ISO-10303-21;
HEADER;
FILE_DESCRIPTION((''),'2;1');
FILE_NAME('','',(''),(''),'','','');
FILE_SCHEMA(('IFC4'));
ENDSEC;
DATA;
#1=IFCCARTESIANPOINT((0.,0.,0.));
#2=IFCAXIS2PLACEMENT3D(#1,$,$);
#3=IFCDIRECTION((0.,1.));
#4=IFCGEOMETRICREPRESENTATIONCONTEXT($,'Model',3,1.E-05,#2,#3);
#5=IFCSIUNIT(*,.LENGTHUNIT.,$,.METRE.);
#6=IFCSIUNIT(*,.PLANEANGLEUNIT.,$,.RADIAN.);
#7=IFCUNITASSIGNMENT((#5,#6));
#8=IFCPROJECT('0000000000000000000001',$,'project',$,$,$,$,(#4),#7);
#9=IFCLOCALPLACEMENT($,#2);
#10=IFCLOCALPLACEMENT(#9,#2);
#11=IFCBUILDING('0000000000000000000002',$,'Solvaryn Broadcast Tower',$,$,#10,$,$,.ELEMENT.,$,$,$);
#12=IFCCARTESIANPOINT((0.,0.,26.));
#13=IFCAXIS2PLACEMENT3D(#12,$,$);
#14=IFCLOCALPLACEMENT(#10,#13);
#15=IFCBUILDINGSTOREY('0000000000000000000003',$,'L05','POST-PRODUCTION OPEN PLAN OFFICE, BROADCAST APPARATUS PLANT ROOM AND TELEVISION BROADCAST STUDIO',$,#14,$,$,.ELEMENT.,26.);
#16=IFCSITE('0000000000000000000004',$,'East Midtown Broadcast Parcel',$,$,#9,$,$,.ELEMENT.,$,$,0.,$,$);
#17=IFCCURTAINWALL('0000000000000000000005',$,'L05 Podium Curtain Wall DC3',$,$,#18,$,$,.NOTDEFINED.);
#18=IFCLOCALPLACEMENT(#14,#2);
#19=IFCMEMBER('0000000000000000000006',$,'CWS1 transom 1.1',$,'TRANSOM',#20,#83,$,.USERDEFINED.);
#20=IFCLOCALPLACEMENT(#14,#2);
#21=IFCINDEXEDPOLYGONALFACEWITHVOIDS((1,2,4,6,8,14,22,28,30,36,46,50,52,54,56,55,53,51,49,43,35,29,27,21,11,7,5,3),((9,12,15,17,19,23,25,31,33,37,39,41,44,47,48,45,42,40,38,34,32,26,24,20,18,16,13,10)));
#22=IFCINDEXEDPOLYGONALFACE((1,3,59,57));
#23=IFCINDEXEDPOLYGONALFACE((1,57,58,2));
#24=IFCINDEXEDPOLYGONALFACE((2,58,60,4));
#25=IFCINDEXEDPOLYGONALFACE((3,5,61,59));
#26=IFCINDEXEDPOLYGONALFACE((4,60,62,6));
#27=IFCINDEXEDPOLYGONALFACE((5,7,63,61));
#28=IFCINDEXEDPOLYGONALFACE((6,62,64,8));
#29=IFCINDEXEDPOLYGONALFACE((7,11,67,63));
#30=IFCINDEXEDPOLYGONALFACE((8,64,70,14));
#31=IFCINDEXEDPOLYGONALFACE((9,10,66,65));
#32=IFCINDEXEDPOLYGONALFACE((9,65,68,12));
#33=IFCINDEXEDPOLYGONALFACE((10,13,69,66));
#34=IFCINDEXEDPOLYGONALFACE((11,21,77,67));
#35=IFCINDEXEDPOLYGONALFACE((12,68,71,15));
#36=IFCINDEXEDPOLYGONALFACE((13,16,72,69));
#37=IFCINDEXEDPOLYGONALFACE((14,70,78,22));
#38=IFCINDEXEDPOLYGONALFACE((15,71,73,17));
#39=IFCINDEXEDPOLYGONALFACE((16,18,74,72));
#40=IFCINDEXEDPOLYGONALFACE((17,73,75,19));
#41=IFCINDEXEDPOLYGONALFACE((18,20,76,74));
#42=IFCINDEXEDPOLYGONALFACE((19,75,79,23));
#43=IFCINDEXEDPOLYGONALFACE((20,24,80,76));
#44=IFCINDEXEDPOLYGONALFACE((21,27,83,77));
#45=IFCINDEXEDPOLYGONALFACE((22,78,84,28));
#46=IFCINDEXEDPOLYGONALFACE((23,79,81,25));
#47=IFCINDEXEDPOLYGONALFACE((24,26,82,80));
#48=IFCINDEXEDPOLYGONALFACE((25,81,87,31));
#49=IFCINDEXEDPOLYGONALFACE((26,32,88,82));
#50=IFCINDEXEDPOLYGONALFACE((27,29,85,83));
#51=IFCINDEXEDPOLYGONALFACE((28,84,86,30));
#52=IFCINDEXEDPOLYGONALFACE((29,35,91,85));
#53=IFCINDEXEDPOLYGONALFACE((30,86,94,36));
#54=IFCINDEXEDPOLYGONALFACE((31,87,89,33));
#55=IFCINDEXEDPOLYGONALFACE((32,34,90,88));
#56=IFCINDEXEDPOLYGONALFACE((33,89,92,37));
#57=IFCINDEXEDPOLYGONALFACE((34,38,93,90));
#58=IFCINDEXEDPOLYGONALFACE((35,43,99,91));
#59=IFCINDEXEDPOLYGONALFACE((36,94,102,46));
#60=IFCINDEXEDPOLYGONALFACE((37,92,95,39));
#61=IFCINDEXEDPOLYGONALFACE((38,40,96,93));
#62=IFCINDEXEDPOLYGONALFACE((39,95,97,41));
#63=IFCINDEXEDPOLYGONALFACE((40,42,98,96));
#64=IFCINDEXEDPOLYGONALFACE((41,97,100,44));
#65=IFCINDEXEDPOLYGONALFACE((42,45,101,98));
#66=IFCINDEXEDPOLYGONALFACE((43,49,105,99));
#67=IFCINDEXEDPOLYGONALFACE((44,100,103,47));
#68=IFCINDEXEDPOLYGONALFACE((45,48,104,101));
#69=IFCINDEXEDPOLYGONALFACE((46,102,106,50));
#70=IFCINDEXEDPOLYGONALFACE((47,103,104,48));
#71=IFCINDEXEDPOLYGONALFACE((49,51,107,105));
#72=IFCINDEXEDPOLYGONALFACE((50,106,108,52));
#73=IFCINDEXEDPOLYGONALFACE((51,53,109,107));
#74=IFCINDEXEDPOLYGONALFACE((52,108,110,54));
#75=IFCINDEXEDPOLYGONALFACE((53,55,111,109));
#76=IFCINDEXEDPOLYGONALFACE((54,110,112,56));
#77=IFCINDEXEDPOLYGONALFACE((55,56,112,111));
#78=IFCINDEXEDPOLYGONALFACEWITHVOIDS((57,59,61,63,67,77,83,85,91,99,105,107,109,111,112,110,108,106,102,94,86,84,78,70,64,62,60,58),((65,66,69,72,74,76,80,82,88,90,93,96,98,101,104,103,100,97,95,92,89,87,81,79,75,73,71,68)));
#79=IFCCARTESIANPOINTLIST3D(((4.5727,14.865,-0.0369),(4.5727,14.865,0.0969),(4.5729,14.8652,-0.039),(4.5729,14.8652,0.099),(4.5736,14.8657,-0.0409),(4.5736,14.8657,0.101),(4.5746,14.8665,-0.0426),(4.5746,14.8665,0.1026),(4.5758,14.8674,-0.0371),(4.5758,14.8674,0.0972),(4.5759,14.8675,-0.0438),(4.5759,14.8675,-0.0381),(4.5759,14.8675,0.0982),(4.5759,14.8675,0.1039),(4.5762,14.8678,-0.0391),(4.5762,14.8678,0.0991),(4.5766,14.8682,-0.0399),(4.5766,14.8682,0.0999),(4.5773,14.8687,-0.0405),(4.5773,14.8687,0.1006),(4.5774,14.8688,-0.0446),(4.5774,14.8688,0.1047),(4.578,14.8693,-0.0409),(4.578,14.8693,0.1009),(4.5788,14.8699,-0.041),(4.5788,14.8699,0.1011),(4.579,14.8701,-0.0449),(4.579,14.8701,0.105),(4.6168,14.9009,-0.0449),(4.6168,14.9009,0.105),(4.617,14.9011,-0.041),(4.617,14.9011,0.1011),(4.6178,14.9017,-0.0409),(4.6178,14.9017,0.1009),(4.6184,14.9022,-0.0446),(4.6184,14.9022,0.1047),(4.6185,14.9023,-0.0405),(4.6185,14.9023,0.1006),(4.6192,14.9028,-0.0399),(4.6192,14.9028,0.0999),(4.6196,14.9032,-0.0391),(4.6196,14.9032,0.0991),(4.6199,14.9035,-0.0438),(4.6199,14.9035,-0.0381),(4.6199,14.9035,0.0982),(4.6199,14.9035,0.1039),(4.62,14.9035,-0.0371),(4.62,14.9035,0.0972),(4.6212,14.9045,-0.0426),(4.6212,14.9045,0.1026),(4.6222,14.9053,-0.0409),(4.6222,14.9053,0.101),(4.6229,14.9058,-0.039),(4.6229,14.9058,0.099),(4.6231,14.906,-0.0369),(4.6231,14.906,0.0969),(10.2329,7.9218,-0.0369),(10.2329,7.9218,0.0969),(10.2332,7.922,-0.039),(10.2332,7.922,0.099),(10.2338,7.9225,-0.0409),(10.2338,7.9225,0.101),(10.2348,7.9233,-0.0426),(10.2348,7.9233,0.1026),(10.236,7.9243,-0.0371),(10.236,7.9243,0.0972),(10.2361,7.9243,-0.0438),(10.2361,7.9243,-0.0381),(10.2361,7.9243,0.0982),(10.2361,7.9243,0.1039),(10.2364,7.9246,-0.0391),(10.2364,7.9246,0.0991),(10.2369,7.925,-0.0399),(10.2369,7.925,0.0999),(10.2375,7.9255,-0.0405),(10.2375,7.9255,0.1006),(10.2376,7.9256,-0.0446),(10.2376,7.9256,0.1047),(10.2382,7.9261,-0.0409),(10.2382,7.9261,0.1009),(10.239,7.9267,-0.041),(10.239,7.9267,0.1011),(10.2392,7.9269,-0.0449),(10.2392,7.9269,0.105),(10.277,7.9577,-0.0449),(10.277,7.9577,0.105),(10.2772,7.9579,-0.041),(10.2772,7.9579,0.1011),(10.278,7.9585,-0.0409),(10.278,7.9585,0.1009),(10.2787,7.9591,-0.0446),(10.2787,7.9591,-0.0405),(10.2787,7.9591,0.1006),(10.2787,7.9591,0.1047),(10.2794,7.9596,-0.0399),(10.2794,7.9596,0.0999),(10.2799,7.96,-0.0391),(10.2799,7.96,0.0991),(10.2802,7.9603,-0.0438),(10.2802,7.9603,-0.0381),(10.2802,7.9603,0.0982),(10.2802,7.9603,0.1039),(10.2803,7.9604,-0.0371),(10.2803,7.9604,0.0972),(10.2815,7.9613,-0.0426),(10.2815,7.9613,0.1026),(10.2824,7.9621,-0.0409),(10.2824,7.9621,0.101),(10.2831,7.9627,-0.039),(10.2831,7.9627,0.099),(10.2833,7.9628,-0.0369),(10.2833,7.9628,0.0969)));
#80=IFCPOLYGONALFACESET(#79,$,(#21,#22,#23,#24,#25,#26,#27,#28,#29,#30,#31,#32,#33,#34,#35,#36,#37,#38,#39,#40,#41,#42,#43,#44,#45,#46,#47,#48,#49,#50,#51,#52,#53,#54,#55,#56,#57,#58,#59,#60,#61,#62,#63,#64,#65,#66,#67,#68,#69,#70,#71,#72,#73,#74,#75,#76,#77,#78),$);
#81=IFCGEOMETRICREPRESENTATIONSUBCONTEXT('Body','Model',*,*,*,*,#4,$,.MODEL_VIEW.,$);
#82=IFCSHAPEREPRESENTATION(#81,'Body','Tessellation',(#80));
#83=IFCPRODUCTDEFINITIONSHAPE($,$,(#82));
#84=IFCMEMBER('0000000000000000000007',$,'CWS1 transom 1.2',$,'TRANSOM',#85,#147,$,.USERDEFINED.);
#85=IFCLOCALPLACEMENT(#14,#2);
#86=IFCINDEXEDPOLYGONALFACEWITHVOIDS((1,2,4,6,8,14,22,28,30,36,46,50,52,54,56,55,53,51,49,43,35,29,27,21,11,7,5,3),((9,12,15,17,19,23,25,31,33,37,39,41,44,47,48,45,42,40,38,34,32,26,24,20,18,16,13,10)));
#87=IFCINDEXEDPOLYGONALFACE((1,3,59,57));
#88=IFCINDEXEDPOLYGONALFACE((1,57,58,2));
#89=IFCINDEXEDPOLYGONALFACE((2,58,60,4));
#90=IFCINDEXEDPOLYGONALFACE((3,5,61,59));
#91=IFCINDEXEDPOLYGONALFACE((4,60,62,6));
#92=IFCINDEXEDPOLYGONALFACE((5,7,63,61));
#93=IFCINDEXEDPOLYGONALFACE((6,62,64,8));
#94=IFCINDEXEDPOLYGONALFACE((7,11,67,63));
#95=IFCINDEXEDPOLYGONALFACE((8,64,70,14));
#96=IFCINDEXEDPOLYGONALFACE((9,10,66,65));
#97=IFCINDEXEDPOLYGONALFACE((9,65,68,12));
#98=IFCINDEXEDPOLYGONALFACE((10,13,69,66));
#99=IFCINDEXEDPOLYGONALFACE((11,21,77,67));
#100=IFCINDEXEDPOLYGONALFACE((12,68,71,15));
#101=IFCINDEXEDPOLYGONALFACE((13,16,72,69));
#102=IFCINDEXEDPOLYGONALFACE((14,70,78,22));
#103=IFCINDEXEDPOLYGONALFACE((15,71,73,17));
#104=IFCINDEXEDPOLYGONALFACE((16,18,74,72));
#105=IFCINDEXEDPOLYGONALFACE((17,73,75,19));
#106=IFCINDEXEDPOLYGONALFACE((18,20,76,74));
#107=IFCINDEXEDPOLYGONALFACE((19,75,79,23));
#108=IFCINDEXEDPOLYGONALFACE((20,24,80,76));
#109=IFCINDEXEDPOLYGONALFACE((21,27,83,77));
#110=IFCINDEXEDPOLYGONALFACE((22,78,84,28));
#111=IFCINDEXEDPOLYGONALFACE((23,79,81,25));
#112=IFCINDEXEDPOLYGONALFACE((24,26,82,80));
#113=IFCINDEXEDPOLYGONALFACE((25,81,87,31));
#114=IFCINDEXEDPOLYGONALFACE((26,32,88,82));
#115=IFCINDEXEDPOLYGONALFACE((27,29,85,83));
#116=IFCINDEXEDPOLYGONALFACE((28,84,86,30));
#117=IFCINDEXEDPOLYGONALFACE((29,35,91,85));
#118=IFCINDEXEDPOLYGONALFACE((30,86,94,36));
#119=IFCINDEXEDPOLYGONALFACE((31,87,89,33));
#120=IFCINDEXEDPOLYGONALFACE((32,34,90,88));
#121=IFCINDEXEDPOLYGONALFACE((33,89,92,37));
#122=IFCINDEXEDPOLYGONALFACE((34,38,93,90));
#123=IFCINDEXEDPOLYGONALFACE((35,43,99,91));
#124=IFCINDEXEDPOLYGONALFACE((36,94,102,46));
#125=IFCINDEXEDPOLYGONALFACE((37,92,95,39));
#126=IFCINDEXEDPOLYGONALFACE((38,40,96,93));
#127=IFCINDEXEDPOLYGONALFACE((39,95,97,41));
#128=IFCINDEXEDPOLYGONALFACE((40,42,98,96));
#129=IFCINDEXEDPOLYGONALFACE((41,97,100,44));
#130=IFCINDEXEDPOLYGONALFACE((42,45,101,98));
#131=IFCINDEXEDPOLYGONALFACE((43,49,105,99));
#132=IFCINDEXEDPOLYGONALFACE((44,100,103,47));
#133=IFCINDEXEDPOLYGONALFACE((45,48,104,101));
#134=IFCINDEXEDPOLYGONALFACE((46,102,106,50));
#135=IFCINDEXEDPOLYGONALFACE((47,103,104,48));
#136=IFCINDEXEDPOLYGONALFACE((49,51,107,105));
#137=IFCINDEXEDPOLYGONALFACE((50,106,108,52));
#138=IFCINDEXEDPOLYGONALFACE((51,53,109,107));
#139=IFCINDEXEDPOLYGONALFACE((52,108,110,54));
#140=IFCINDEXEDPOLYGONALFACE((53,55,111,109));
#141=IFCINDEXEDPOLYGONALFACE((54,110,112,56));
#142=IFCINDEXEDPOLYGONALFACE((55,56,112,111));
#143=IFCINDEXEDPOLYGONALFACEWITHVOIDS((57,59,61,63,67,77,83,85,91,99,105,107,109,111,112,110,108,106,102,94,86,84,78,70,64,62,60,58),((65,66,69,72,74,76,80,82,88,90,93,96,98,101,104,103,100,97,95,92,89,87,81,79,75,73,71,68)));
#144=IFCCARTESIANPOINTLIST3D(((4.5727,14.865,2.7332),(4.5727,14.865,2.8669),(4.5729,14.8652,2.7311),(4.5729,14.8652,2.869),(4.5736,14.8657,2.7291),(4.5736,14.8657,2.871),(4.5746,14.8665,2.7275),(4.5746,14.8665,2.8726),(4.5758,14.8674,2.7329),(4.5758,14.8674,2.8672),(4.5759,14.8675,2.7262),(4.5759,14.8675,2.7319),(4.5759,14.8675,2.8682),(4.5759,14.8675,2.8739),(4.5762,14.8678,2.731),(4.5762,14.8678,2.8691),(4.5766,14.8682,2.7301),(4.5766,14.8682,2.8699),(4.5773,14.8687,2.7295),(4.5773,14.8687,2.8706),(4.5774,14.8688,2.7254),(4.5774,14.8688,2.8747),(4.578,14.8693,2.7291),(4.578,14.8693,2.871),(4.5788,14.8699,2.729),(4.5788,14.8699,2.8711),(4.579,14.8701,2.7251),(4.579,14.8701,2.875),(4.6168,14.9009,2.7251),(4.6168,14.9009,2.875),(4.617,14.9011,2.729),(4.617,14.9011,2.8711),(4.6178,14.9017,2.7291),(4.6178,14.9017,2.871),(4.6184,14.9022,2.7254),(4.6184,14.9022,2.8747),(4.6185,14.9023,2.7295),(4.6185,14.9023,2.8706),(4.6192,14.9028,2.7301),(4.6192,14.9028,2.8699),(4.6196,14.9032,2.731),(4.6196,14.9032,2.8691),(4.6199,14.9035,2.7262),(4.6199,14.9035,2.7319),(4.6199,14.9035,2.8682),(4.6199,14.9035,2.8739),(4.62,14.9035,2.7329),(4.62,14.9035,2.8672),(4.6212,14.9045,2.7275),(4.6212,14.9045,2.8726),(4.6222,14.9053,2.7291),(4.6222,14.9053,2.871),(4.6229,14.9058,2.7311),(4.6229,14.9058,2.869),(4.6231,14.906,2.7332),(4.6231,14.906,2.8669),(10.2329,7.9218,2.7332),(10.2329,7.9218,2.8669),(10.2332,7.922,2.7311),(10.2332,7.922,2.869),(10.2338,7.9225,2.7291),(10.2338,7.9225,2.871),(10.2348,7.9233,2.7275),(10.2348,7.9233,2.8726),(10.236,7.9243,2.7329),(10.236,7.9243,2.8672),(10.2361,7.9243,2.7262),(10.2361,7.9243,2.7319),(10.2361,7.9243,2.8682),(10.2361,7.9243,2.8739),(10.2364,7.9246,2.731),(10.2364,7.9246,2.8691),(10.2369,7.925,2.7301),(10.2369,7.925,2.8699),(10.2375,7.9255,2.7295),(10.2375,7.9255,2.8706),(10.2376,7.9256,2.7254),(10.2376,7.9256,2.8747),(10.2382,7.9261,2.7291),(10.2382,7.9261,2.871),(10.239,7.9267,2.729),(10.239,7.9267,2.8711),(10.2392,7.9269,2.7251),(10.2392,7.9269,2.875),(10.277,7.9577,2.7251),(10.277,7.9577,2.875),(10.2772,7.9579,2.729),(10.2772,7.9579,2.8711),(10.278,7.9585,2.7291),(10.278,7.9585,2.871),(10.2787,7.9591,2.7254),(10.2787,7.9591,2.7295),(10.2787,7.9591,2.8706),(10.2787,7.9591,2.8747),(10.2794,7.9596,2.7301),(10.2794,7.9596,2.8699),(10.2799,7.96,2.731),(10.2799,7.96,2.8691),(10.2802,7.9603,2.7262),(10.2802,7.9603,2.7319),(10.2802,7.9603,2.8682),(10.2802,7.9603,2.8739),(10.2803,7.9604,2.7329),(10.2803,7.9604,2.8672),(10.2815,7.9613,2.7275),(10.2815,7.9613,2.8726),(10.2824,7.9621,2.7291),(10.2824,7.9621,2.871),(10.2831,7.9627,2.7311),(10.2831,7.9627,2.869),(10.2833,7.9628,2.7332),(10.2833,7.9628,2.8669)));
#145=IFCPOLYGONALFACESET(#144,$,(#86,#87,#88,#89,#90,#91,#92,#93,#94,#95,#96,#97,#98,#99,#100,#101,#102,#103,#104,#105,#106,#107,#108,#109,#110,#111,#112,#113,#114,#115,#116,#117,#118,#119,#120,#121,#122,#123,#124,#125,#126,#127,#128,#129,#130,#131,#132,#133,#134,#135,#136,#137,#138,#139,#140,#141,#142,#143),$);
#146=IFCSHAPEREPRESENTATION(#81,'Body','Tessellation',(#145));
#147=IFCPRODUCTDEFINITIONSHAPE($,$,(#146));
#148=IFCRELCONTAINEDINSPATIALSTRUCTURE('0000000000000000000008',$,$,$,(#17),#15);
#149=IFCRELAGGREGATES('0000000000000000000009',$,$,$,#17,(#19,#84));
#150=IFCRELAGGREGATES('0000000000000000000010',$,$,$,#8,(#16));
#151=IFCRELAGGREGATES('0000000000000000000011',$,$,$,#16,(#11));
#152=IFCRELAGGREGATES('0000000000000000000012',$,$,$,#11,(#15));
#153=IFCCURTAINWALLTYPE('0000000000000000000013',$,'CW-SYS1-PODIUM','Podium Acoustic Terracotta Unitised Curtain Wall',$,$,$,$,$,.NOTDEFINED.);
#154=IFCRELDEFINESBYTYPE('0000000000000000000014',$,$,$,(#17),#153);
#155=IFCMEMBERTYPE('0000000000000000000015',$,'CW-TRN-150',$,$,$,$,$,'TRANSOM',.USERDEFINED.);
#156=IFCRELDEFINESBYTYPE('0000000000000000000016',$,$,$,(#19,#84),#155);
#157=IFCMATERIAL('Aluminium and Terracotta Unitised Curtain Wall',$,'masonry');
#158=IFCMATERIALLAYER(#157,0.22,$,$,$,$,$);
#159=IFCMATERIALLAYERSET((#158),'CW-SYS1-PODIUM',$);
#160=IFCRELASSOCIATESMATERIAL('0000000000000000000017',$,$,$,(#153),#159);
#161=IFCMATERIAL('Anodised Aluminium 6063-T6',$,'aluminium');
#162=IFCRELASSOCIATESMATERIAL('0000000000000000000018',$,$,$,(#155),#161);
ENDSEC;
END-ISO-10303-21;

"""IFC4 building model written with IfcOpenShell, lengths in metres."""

from ifc_helpers import new_model, si_unit, direction, frame, origin, origin_2d, place, context, subcontext, project, spatial, hollow_rectangle, extrude, material, layer, layer_set, material_profile, profile_set, type_object, element, aggregate, save


model = new_model("IFC4")

# Units and contexts
model_context = context("Model", 3, precision=1e-05, world=origin(), true_north=direction((0.0, 1.0)))
body_context = subcontext(model_context, "Body", "Model", "MODEL_VIEW")
ifc_project = project(units=[si_unit("LENGTHUNIT", "METRE"), si_unit("PLANEANGLEUNIT", "RADIAN")], contexts=[model_context])

# Site, building, storey
site_placement = place(None, origin())
site = spatial("IfcSite", under=ifc_project, at=site_placement, Name="East Midtown Broadcast Parcel", CompositionType="ELEMENT", RefElevation=0.0)
building_placement = place(site_placement, origin())
building = spatial("IfcBuilding", under=site, at=building_placement, Name="Solvaryn Broadcast Tower", CompositionType="ELEMENT")
storey_placement = place(building_placement, frame((0.0, 0.0, 26.0)))
storey = spatial("IfcBuildingStorey", under=building, at=storey_placement, Name="L05", Description="POST-PRODUCTION OPEN PLAN OFFICE, BROADCAST APPARATUS PLANT ROOM AND TELEVISION BROADCAST STUDIO", CompositionType="ELEMENT", Elevation=26.0)

# Shared definitions
ifc_material_1 = material(Name="Aluminium and Terracotta Unitised Curtain Wall", Category="masonry")
ifc_layer_1 = layer(ifc_material_1, 0.22)
ifc_layer_set_1 = layer_set([ifc_layer_1], Name="CW-SYS1-PODIUM")
curtain_wall_type = type_object("IfcCurtainWallType", Name="CW-SYS1-PODIUM", Description="Podium Acoustic Terracotta Unitised Curtain Wall", PredefinedType="NOTDEFINED", material=ifc_layer_set_1)

# Curtain wall
curtain_wall_1_placement = place(storey_placement, origin())
curtain_wall_1 = element("IfcCurtainWall", 1, at=curtain_wall_1_placement, inside=storey, type_object=curtain_wall_type, Name="L05 Podium Curtain Wall DC3", PredefinedType="NOTDEFINED")

# Members
ifc_material_2 = material(Name="Anodised Aluminium 6063-T6", Category="aluminium")
ifc_material_profile_1 = material_profile(ifc_material_2, hollow_rectangle(XDim=0.0649, YDim=0.1499, WallThickness=0.0039, InnerFilletRadius=0.0039, OuterFilletRadius=0.0081, at=origin_2d()))
ifc_profile_set_1 = profile_set([ifc_material_profile_1], Name="Anodised Aluminium 6063-T6")
member_type_1 = type_object("IfcMemberType", Name="CW-TRN-150", ElementType="TRANSOM", PredefinedType="USERDEFINED", material=ifc_profile_set_1)
member_1_placement = place(storey_placement, frame((4.5979, 14.8855, 0.03), z_axis=(0.631861, -0.775082, 0.0), x_axis=(0.775082, 0.631861, 0.0)))
member_1 = element("IfcMember", 2, at=member_1_placement, type_object=member_type_1, Name="CWS1 transom 1.1", ObjectType="TRANSOM", PredefinedType="USERDEFINED", context=body_context, shape_type="SweptSolid", body=[
    extrude(hollow_rectangle(XDim=0.0649, YDim=0.1499, WallThickness=0.0039, InnerFilletRadius=0.0039, OuterFilletRadius=0.0081, at=origin_2d()), origin(), (0.0, 0.0, 1.0), 8.958),
])
member_2_placement = place(storey_placement, frame((4.5979, 14.8855, 2.8), z_axis=(0.631861, -0.775082, 0.0), x_axis=(0.775082, 0.631861, 0.0)))
member_2 = element("IfcMember", 3, at=member_2_placement, type_object=member_type_1, Name="CWS1 transom 1.2", ObjectType="TRANSOM", PredefinedType="USERDEFINED", context=body_context, shape_type="SweptSolid", body=[
    extrude(hollow_rectangle(XDim=0.0649, YDim=0.1499, WallThickness=0.0039, InnerFilletRadius=0.0039, OuterFilletRadius=0.0081, at=origin_2d()), origin(), (0.0, 0.0, 1.0), 8.958),
])
aggregate(curtain_wall_1, [member_1, member_2])

save(model, "model.ifc")
